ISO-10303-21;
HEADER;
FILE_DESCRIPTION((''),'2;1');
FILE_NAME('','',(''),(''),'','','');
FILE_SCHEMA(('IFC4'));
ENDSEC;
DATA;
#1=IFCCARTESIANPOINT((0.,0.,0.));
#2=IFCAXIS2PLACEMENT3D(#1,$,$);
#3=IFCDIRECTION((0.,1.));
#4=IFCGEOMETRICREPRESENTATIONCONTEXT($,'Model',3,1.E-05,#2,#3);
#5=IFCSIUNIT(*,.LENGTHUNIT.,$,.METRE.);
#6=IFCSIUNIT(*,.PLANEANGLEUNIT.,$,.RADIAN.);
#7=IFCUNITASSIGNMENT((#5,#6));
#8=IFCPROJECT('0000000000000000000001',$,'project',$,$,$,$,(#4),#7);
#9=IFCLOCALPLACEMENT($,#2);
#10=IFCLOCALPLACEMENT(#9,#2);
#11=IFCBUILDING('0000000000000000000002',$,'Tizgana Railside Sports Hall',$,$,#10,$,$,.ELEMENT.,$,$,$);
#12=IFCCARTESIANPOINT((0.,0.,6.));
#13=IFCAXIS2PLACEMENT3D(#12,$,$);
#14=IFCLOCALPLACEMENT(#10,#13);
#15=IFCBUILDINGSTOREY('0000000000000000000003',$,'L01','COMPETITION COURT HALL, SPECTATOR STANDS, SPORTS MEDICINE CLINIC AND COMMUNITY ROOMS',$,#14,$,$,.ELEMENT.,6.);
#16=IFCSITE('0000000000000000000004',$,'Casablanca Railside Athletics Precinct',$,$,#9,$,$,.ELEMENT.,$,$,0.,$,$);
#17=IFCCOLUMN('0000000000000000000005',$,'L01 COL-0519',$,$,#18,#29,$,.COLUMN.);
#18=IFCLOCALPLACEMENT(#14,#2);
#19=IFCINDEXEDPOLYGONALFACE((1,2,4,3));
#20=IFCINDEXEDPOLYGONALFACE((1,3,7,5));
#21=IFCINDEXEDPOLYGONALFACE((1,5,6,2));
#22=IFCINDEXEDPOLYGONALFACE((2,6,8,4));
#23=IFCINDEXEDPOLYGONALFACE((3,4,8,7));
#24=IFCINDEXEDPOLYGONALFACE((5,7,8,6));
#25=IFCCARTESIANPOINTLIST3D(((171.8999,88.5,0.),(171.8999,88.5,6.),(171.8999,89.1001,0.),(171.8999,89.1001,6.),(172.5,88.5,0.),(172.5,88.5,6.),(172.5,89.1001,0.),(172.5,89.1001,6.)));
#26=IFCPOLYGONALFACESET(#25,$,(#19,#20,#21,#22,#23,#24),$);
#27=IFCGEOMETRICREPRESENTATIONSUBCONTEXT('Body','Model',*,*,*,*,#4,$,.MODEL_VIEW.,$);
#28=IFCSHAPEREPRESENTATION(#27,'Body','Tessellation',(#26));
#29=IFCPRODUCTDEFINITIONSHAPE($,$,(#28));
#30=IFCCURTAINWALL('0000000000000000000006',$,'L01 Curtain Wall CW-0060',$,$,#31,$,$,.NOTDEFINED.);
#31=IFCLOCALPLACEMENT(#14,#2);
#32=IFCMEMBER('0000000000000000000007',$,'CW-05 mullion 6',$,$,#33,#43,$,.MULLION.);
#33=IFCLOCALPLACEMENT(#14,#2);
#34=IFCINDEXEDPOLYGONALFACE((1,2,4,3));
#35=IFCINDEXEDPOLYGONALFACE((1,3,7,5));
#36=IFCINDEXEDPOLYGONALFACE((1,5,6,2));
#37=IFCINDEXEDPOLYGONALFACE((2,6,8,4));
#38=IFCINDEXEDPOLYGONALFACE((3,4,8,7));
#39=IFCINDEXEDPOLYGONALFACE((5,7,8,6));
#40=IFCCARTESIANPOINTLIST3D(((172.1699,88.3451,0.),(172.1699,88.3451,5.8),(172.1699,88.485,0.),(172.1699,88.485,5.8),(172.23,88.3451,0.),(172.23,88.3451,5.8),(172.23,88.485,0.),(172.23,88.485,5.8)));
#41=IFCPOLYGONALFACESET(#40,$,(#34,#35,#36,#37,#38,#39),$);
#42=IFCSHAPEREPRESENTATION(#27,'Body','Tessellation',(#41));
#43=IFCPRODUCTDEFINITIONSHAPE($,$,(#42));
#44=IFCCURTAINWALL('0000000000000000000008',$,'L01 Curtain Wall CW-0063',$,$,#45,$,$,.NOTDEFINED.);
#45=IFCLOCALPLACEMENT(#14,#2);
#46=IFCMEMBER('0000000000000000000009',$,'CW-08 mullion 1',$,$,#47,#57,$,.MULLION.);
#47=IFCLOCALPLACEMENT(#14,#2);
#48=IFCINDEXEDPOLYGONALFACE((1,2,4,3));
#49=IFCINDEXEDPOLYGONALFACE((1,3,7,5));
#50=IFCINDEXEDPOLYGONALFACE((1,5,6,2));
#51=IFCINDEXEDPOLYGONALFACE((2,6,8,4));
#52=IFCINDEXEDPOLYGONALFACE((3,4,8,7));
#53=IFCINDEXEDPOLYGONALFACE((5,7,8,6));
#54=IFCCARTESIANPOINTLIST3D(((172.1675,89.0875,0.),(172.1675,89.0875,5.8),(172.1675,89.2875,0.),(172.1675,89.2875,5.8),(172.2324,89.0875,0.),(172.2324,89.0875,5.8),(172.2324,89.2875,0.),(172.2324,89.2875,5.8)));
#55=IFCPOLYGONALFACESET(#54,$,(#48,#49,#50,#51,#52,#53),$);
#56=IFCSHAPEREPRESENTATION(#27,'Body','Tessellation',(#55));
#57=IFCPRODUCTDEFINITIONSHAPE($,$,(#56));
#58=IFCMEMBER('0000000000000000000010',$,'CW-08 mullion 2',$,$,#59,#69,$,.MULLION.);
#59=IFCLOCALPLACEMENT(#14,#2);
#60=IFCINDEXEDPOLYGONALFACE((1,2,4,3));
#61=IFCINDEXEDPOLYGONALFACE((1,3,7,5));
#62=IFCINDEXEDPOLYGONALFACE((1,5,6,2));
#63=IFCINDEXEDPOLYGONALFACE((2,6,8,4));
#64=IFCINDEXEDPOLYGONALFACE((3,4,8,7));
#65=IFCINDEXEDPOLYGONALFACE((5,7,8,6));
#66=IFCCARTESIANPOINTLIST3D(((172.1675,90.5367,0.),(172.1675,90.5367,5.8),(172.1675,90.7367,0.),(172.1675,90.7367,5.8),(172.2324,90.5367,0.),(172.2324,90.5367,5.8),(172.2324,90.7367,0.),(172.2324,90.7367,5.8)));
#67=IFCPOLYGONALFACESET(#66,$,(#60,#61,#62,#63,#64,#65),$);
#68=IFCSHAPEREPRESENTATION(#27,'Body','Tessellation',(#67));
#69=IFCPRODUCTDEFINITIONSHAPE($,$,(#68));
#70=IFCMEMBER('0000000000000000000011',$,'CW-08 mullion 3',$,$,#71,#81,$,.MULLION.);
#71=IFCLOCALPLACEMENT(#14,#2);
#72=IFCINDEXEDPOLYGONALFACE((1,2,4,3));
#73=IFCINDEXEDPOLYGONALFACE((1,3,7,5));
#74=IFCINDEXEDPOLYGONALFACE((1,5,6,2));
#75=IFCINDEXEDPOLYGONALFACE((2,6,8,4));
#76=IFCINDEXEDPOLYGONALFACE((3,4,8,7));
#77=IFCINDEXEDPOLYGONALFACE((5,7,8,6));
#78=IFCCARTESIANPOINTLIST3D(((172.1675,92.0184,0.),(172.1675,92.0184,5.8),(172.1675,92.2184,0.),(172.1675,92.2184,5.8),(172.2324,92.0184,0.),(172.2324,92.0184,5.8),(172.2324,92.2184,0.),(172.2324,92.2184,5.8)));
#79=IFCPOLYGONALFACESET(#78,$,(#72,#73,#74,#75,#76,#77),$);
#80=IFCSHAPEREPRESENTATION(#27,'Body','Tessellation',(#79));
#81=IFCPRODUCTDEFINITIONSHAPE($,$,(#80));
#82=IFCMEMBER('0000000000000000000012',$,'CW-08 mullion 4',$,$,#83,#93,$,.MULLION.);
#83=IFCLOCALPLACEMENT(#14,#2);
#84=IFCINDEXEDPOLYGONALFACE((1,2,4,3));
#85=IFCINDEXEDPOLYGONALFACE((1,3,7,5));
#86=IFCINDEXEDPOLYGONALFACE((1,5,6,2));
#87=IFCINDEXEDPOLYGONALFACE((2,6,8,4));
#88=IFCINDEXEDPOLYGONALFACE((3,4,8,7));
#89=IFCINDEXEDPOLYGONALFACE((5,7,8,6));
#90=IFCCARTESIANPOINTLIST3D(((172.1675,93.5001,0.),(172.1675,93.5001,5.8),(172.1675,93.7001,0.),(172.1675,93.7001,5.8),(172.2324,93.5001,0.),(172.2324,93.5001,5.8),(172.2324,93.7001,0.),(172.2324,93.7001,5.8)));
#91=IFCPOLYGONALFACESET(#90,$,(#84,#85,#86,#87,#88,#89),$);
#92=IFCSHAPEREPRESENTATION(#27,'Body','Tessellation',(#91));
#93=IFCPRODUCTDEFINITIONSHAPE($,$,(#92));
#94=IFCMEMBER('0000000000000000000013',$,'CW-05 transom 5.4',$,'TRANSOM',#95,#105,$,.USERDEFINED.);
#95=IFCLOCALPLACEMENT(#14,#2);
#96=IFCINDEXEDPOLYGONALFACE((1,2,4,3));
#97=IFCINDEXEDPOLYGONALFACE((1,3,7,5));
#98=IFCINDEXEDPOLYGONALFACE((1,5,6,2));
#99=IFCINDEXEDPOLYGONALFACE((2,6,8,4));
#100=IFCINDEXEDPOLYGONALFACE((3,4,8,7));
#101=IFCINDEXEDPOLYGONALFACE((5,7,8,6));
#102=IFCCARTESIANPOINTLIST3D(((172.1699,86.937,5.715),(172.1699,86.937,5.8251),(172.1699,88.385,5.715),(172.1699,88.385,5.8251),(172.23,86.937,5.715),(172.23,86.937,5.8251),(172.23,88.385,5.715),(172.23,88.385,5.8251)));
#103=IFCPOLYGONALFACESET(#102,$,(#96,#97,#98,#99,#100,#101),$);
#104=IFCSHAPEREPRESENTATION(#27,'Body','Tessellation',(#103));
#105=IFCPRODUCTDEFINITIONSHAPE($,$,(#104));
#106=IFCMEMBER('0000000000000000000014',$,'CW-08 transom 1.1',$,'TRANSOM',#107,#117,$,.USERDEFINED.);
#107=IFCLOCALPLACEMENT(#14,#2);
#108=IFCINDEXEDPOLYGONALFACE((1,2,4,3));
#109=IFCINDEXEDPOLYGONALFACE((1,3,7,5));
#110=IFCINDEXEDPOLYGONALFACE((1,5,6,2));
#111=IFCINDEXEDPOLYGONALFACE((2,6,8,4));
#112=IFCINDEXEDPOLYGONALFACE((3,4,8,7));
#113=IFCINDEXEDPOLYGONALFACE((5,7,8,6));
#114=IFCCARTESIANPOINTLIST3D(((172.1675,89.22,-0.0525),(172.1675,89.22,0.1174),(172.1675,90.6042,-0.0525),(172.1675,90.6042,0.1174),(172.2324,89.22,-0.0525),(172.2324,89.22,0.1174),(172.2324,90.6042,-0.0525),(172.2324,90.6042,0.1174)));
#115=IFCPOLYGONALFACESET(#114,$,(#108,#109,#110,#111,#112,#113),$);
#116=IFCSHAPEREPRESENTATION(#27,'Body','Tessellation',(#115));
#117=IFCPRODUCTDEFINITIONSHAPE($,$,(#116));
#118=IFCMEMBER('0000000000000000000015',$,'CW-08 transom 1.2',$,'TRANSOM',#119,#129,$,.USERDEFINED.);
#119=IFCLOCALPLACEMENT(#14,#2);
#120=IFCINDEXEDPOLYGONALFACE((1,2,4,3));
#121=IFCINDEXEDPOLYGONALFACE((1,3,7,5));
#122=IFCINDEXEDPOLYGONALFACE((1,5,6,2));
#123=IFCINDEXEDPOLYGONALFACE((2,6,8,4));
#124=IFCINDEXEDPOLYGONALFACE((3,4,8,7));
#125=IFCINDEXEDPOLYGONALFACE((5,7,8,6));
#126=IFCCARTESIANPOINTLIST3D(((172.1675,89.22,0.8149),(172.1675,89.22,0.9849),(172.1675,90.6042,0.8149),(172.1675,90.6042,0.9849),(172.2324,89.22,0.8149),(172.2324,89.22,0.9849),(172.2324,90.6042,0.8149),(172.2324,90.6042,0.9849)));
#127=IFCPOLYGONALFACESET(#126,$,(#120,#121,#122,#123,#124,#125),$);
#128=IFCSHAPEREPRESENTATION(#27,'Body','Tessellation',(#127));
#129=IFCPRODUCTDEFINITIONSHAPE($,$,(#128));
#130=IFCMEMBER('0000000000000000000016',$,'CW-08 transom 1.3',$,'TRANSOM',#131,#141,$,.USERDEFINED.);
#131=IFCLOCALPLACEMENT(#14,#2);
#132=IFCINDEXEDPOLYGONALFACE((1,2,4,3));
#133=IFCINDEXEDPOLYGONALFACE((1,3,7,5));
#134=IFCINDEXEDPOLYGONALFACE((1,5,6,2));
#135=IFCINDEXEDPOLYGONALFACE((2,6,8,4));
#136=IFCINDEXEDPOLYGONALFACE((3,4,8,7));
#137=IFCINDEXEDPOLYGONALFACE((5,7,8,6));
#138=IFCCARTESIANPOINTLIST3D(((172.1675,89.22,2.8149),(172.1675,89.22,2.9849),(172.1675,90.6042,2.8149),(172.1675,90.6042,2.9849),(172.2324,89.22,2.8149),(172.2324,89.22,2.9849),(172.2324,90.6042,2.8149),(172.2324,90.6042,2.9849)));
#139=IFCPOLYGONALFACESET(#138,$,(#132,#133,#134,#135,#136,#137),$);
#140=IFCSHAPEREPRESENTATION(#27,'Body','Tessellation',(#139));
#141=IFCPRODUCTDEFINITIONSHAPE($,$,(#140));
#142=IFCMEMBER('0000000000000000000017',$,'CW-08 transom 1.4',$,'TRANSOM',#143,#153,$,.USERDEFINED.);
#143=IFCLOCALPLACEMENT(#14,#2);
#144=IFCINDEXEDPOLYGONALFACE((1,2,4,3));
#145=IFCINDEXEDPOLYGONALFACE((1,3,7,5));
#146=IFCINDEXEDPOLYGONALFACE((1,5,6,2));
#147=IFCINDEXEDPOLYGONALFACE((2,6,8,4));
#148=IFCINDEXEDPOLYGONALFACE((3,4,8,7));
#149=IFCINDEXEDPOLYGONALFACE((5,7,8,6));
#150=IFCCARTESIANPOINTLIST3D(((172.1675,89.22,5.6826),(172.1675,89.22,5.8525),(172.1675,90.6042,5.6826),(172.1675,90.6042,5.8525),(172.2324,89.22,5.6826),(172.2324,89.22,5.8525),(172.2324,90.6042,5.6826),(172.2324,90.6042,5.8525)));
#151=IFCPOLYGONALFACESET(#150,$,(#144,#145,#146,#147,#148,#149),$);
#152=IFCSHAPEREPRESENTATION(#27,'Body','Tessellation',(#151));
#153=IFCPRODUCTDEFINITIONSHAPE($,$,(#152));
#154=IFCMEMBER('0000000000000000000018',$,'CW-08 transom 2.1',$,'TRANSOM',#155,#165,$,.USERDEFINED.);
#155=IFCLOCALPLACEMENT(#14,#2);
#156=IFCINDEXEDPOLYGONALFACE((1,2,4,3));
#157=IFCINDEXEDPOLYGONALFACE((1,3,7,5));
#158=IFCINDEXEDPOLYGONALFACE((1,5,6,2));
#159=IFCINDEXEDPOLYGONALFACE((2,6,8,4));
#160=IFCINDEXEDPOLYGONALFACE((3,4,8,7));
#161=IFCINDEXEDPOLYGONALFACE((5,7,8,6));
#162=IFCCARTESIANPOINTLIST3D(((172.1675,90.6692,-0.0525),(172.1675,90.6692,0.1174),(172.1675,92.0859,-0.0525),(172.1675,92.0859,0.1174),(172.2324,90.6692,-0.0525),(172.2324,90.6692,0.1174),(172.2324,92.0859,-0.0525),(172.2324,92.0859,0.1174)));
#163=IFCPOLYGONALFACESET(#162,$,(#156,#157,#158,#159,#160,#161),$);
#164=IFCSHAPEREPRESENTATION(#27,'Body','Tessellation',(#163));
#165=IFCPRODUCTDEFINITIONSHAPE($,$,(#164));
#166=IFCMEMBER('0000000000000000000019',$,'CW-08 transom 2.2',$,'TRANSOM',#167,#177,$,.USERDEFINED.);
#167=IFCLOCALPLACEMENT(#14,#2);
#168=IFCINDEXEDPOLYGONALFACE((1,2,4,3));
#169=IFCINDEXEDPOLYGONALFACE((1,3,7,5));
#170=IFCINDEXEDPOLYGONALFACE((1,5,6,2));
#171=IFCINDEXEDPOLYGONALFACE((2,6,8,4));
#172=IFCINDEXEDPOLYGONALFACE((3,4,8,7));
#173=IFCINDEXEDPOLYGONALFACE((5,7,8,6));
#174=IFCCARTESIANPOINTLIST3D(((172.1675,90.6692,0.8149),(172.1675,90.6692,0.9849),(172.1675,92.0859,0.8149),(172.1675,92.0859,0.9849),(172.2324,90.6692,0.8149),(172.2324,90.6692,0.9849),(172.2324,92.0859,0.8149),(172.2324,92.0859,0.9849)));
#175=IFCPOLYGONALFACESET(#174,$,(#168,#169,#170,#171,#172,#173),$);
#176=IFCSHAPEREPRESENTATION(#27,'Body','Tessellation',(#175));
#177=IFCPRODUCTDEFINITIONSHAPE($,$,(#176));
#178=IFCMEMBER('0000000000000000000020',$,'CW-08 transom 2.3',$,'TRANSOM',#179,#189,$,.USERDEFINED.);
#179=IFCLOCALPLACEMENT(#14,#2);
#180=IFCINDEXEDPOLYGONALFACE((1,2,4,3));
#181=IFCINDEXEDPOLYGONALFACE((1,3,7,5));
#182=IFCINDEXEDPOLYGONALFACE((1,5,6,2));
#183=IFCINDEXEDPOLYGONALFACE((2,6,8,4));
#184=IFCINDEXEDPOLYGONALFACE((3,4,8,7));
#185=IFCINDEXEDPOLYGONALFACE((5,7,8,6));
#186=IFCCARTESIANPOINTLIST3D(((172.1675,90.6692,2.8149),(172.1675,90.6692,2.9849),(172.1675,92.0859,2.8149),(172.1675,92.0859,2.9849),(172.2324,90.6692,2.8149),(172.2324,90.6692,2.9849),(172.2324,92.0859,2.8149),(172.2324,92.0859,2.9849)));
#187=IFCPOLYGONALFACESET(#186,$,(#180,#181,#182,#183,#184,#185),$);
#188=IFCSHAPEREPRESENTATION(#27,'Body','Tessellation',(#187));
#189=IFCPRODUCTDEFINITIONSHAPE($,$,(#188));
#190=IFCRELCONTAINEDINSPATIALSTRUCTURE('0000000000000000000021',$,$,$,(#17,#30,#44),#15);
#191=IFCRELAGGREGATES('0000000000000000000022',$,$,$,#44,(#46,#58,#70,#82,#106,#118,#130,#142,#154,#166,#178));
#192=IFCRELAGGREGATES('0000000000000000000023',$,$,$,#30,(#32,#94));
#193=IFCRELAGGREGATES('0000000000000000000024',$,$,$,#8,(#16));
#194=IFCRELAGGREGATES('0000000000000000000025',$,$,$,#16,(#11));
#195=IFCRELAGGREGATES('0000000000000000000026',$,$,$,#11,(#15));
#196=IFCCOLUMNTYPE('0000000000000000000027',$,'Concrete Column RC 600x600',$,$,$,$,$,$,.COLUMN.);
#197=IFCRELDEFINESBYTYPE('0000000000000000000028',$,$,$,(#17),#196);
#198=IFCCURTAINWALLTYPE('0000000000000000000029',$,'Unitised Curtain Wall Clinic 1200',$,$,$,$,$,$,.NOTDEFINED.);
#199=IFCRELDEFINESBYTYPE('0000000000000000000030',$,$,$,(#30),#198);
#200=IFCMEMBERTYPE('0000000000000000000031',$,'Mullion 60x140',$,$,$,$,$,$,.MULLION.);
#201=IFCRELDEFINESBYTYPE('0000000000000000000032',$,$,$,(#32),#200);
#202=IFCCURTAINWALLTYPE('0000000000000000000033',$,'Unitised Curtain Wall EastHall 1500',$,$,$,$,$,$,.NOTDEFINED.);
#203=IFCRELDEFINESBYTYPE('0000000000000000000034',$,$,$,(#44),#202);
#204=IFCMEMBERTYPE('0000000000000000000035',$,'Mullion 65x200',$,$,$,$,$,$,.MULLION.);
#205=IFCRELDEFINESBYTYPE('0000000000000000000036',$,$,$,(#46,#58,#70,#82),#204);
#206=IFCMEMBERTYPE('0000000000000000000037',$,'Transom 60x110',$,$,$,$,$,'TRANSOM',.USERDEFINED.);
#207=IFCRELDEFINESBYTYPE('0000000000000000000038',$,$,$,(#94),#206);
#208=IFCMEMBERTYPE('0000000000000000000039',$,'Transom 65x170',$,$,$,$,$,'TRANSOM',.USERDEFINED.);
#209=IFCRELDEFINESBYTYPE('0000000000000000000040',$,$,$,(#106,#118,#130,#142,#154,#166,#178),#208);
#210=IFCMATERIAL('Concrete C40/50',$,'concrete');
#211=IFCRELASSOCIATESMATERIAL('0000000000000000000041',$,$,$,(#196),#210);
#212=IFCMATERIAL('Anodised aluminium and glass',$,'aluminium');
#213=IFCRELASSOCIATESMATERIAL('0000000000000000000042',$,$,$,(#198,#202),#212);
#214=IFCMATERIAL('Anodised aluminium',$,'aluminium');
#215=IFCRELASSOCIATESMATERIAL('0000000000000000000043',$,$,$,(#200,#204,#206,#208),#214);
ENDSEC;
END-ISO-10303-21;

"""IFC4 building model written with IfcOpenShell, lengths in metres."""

from ifc_helpers import new_model, si_unit, direction, frame, origin, origin_2d, place, context, subcontext, project, spatial, rectangle, extrude, material, material_profile, profile_set, type_object, element, aggregate, save


model = new_model("IFC4")

# Units and contexts
model_context = context("Model", 3, precision=1e-05, world=origin(), true_north=direction((0.0, 1.0)))
body_context = subcontext(model_context, "Body", "Model", "MODEL_VIEW")
ifc_project = project(units=[si_unit("LENGTHUNIT", "METRE"), si_unit("PLANEANGLEUNIT", "RADIAN")], contexts=[model_context])

# Site, building, storey
site_placement = place(None, origin())
site = spatial("IfcSite", under=ifc_project, at=site_placement, Name="Casablanca Railside Athletics Precinct", CompositionType="ELEMENT", RefElevation=0.0)
building_placement = place(site_placement, origin())
building = spatial("IfcBuilding", under=site, at=building_placement, Name="Tizgana Railside Sports Hall", CompositionType="ELEMENT")
storey_placement = place(building_placement, frame((0.0, 0.0, 6.0)))
storey = spatial("IfcBuildingStorey", under=building, at=storey_placement, Name="L01", Description="COMPETITION COURT HALL, SPECTATOR STANDS, SPORTS MEDICINE CLINIC AND COMMUNITY ROOMS", CompositionType="ELEMENT", Elevation=6.0)

# Column
ifc_material_1 = material(Name="Concrete C40/50", Category="concrete")
ifc_material_profile_1 = material_profile(ifc_material_1, rectangle(XDim=0.6001, YDim=0.6001, at=origin_2d()), Name="RC 600x600")
ifc_profile_set_1 = profile_set([ifc_material_profile_1], Name="Concrete C40/50")
column_type = type_object("IfcColumnType", Name="Concrete Column RC 600x600", PredefinedType="COLUMN", material=ifc_profile_set_1)
column_placement = place(storey_placement, frame((172.2, 88.8, 0.0), z_axis=(0.0, 0.0, 1.0), x_axis=(1.0, 0.0, 0.0)))
element("IfcColumn", 1, at=column_placement, inside=storey, type_object=column_type, Name="L01 COL-0519", PredefinedType="COLUMN", context=body_context, shape_type="SweptSolid", body=[
    extrude(rectangle(XDim=0.6001, YDim=0.6001, at=origin_2d()), origin(), (0.0, 0.0, 1.0), 6.0),
])

# Curtain wall, member
ifc_material_2 = material(Name="Anodised aluminium and glass", Category="aluminium")
curtain_wall_type_1 = type_object("IfcCurtainWallType", Name="Unitised Curtain Wall Clinic 1200", PredefinedType="NOTDEFINED", material=ifc_material_2)
curtain_wall_1_placement = place(storey_placement, origin())
curtain_wall_1 = element("IfcCurtainWall", 2, at=curtain_wall_1_placement, inside=storey, type_object=curtain_wall_type_1, Name="L01 Curtain Wall CW-0060", PredefinedType="NOTDEFINED")
ifc_material_3 = material(Name="Anodised aluminium", Category="aluminium")
ifc_material_profile_2 = material_profile(ifc_material_3, rectangle(XDim=0.0601, YDim=0.1399, at=origin_2d()), Name="Mullion 60x140")
ifc_profile_set_2 = profile_set([ifc_material_profile_2], Name="Anodised aluminium")
member_type_1 = type_object("IfcMemberType", Name="Mullion 60x140", PredefinedType="MULLION", material=ifc_profile_set_2)
member_1_placement = place(storey_placement, frame((172.2, 88.415, 0.0), z_axis=(0.0, 0.0, 1.0), x_axis=(-1.0, 0.0, 0.0)))
member_1 = element("IfcMember", 3, at=member_1_placement, type_object=member_type_1, Name="CW-05 mullion 6", PredefinedType="MULLION", context=body_context, shape_type="SweptSolid", body=[
    extrude(rectangle(XDim=0.0601, YDim=0.1399, at=origin_2d()), origin(), (0.0, 0.0, 1.0), 5.8),
])

# Curtain wall, members
curtain_wall_type_2 = type_object("IfcCurtainWallType", Name="Unitised Curtain Wall EastHall 1500", PredefinedType="NOTDEFINED", material=ifc_material_2)
curtain_wall_2_placement = place(storey_placement, origin())
curtain_wall_2 = element("IfcCurtainWall", 4, at=curtain_wall_2_placement, inside=storey, type_object=curtain_wall_type_2, Name="L01 Curtain Wall CW-0063", PredefinedType="NOTDEFINED")
ifc_material_profile_3 = material_profile(ifc_material_3, rectangle(XDim=0.0649, YDim=0.2, at=origin_2d()), Name="Mullion 65x200")
ifc_profile_set_3 = profile_set([ifc_material_profile_3], Name="Anodised aluminium")
member_type_2 = type_object("IfcMemberType", Name="Mullion 65x200", PredefinedType="MULLION", material=ifc_profile_set_3)
member_2_placement = place(storey_placement, frame((172.2, 89.1875, 0.0), z_axis=(0.0, 0.0, 1.0), x_axis=(-1.0, 0.0, 0.0)))
member_2 = element("IfcMember", 5, at=member_2_placement, type_object=member_type_2, Name="CW-08 mullion 1", PredefinedType="MULLION", context=body_context, shape_type="SweptSolid", body=[
    extrude(rectangle(XDim=0.0649, YDim=0.2, at=origin_2d()), origin(), (0.0, 0.0, 1.0), 5.8),
])
member_3_placement = place(storey_placement, frame((172.2, 90.6367, 0.0), z_axis=(0.0, 0.0, 1.0), x_axis=(-1.0, 0.0, 0.0)))
member_3 = element("IfcMember", 6, at=member_3_placement, type_object=member_type_2, Name="CW-08 mullion 2", PredefinedType="MULLION", context=body_context, shape_type="SweptSolid", body=[
    extrude(rectangle(XDim=0.0649, YDim=0.2, at=origin_2d()), origin(), (0.0, 0.0, 1.0), 5.8),
])
member_4_placement = place(storey_placement, frame((172.2, 92.1184, 0.0), z_axis=(0.0, 0.0, 1.0), x_axis=(-1.0, 0.0, 0.0)))
member_4 = element("IfcMember", 7, at=member_4_placement, type_object=member_type_2, Name="CW-08 mullion 3", PredefinedType="MULLION", context=body_context, shape_type="SweptSolid", body=[
    extrude(rectangle(XDim=0.0649, YDim=0.2, at=origin_2d()), origin(), (0.0, 0.0, 1.0), 5.8),
])
member_5_placement = place(storey_placement, frame((172.2, 93.6001, 0.0), z_axis=(0.0, 0.0, 1.0), x_axis=(-1.0, 0.0, 0.0)))
member_5 = element("IfcMember", 8, at=member_5_placement, type_object=member_type_2, Name="CW-08 mullion 4", PredefinedType="MULLION", context=body_context, shape_type="SweptSolid", body=[
    extrude(rectangle(XDim=0.0649, YDim=0.2, at=origin_2d()), origin(), (0.0, 0.0, 1.0), 5.8),
])

# Members
ifc_material_profile_4 = material_profile(ifc_material_3, rectangle(XDim=0.0601, YDim=0.1101, at=origin_2d()), Name="Transom 60x110")
ifc_profile_set_4 = profile_set([ifc_material_profile_4], Name="Anodised aluminium")
member_type_3 = type_object("IfcMemberType", Name="Transom 60x110", ElementType="TRANSOM", PredefinedType="USERDEFINED", material=ifc_profile_set_4)
member_6_placement = place(storey_placement, frame((172.2, 86.937, 5.77), z_axis=(0.0, 1.0, 0.0), x_axis=(-1.0, 0.0, 0.0)))
member_6 = element("IfcMember", 9, at=member_6_placement, type_object=member_type_3, Name="CW-05 transom 5.4", ObjectType="TRANSOM", PredefinedType="USERDEFINED", context=body_context, shape_type="SweptSolid", body=[
    extrude(rectangle(XDim=0.0601, YDim=0.1101, at=origin_2d()), origin(), (0.0, 0.0, 1.0), 1.448),
])
ifc_material_profile_5 = material_profile(ifc_material_3, rectangle(XDim=0.0649, YDim=0.1699, at=origin_2d()), Name="Transom 65x170")
ifc_profile_set_5 = profile_set([ifc_material_profile_5], Name="Anodised aluminium")
member_type_4 = type_object("IfcMemberType", Name="Transom 65x170", ElementType="TRANSOM", PredefinedType="USERDEFINED", material=ifc_profile_set_5)
member_7_placement = place(storey_placement, frame((172.2, 89.22, 0.0325), z_axis=(0.0, 1.0, 0.0), x_axis=(-1.0, 0.0, 0.0)))
member_7 = element("IfcMember", 10, at=member_7_placement, type_object=member_type_4, Name="CW-08 transom 1.1", ObjectType="TRANSOM", PredefinedType="USERDEFINED", context=body_context, shape_type="SweptSolid", body=[
    extrude(rectangle(XDim=0.0649, YDim=0.1699, at=origin_2d()), origin(), (0.0, 0.0, 1.0), 1.3843),
])
member_8_placement = place(storey_placement, frame((172.2, 89.22, 0.8999), z_axis=(0.0, 1.0, 0.0), x_axis=(-1.0, 0.0, 0.0)))
member_8 = element("IfcMember", 11, at=member_8_placement, type_object=member_type_4, Name="CW-08 transom 1.2", ObjectType="TRANSOM", PredefinedType="USERDEFINED", context=body_context, shape_type="SweptSolid", body=[
    extrude(rectangle(XDim=0.0649, YDim=0.1699, at=origin_2d()), origin(), (0.0, 0.0, 1.0), 1.3843),
])
member_9_placement = place(storey_placement, frame((172.2, 89.22, 2.8999), z_axis=(0.0, 1.0, 0.0), x_axis=(-1.0, 0.0, 0.0)))
member_9 = element("IfcMember", 12, at=member_9_placement, type_object=member_type_4, Name="CW-08 transom 1.3", ObjectType="TRANSOM", PredefinedType="USERDEFINED", context=body_context, shape_type="SweptSolid", body=[
    extrude(rectangle(XDim=0.0649, YDim=0.1699, at=origin_2d()), origin(), (0.0, 0.0, 1.0), 1.3843),
])
member_10_placement = place(storey_placement, frame((172.2, 89.22, 5.7676), z_axis=(0.0, 1.0, 0.0), x_axis=(-1.0, 0.0, 0.0)))
member_10 = element("IfcMember", 13, at=member_10_placement, type_object=member_type_4, Name="CW-08 transom 1.4", ObjectType="TRANSOM", PredefinedType="USERDEFINED", context=body_context, shape_type="SweptSolid", body=[
    extrude(rectangle(XDim=0.0649, YDim=0.1699, at=origin_2d()), origin(), (0.0, 0.0, 1.0), 1.3843),
])
member_11_placement = place(storey_placement, frame((172.2, 90.6692, 0.0325), z_axis=(0.0, 1.0, 0.0), x_axis=(-1.0, 0.0, 0.0)))
member_11 = element("IfcMember", 14, at=member_11_placement, type_object=member_type_4, Name="CW-08 transom 2.1", ObjectType="TRANSOM", PredefinedType="USERDEFINED", context=body_context, shape_type="SweptSolid", body=[
    extrude(rectangle(XDim=0.0649, YDim=0.1699, at=origin_2d()), origin(), (0.0, 0.0, 1.0), 1.4167),
])
member_12_placement = place(storey_placement, frame((172.2, 90.6692, 0.8999), z_axis=(0.0, 1.0, 0.0), x_axis=(-1.0, 0.0, 0.0)))
member_12 = element("IfcMember", 15, at=member_12_placement, type_object=member_type_4, Name="CW-08 transom 2.2", ObjectType="TRANSOM", PredefinedType="USERDEFINED", context=body_context, shape_type="SweptSolid", body=[
    extrude(rectangle(XDim=0.0649, YDim=0.1699, at=origin_2d()), origin(), (0.0, 0.0, 1.0), 1.4167),
])
member_13_placement = place(storey_placement, frame((172.2, 90.6692, 2.8999), z_axis=(0.0, 1.0, 0.0), x_axis=(-1.0, 0.0, 0.0)))
member_13 = element("IfcMember", 16, at=member_13_placement, type_object=member_type_4, Name="CW-08 transom 2.3", ObjectType="TRANSOM", PredefinedType="USERDEFINED", context=body_context, shape_type="SweptSolid", body=[
    extrude(rectangle(XDim=0.0649, YDim=0.1699, at=origin_2d()), origin(), (0.0, 0.0, 1.0), 1.4167),
])

aggregate(curtain_wall_2, [member_2, member_3, member_4, member_5, member_7, member_8, member_9, member_10, member_11, member_12, member_13])
aggregate(curtain_wall_1, [member_1, member_6])

save(model, "model.ifc")
